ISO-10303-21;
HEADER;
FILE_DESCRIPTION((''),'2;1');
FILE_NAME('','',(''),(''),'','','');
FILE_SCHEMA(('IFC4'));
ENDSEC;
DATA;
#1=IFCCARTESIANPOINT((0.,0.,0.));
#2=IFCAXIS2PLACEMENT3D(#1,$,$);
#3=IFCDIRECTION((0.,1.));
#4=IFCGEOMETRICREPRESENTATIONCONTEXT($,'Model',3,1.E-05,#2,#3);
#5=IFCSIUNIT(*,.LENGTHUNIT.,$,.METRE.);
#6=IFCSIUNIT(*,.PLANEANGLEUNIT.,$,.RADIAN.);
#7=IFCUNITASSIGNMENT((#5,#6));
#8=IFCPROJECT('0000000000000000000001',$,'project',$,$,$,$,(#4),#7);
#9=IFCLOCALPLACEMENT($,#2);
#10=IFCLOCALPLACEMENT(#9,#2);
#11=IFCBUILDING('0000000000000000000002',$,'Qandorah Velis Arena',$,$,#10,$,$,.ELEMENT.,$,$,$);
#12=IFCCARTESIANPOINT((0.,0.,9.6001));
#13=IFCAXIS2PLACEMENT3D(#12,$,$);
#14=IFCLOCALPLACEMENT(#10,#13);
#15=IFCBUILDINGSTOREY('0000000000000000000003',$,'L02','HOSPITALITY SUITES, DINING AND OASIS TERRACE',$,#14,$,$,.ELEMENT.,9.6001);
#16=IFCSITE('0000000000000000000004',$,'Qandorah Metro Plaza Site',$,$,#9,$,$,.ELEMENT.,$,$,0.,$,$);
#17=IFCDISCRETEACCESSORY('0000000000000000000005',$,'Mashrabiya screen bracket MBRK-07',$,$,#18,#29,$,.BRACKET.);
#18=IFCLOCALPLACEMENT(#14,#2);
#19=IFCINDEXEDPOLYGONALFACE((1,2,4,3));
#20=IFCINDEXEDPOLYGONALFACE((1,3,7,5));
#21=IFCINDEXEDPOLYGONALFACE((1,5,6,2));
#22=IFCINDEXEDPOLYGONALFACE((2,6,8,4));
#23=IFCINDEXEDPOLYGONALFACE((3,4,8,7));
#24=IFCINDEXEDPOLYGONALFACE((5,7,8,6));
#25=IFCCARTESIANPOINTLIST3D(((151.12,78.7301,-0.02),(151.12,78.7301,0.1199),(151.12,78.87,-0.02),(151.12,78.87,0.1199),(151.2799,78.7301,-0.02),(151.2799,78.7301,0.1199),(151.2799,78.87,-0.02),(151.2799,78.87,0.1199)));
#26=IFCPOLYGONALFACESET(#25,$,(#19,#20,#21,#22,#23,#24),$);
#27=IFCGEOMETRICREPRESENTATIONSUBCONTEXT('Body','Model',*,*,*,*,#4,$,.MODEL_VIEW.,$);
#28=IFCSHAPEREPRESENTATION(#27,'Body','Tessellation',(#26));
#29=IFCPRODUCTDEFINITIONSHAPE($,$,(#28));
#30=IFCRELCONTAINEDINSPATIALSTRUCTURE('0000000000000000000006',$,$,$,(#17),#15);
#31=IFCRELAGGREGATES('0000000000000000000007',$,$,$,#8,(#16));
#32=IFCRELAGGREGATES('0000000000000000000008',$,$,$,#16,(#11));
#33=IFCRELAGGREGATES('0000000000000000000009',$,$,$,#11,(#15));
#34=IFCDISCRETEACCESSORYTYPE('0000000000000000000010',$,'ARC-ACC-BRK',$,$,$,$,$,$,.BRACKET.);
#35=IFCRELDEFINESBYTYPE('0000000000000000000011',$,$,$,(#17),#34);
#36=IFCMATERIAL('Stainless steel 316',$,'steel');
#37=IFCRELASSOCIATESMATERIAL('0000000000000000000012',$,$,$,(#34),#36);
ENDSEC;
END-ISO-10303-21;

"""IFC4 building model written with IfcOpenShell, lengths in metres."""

from ifc_helpers import new_model, si_unit, direction, frame, origin, origin_2d, place, context, subcontext, project, spatial, rectangle, extrude, material, type_object, element, save


model = new_model("IFC4")

# Units and contexts
model_context = context("Model", 3, precision=1e-05, world=origin(), true_north=direction((0.0, 1.0)))
body_context = subcontext(model_context, "Body", "Model", "MODEL_VIEW")
ifc_project = project(units=[si_unit("LENGTHUNIT", "METRE"), si_unit("PLANEANGLEUNIT", "RADIAN")], contexts=[model_context])

# Site, building, storey
site_placement = place(None, origin())
site = spatial("IfcSite", under=ifc_project, at=site_placement, Name="Qandorah Metro Plaza Site", CompositionType="ELEMENT", RefElevation=0.0)
building_placement = place(site_placement, origin())
building = spatial("IfcBuilding", under=site, at=building_placement, Name="Qandorah Velis Arena", CompositionType="ELEMENT")
storey_placement = place(building_placement, frame((0.0, 0.0, 9.6001)))
storey = spatial("IfcBuildingStorey", under=building, at=storey_placement, Name="L02", Description="HOSPITALITY SUITES, DINING AND OASIS TERRACE", CompositionType="ELEMENT", Elevation=9.6001)

# Shared definitions
ifc_material_1 = material(Name="Stainless steel 316", Category="steel")

# Discrete accessory
discrete_accessory_type = type_object("IfcDiscreteAccessoryType", Name="ARC-ACC-BRK", PredefinedType="BRACKET", material=ifc_material_1)
discrete_accessory_placement = place(storey_placement, frame((151.2, 78.8, -0.02), z_axis=(0.0, 0.0, 1.0), x_axis=(1.0, 0.0, 0.0)))
element("IfcDiscreteAccessory", 1, at=discrete_accessory_placement, inside=storey, type_object=discrete_accessory_type, Name="Mashrabiya screen bracket MBRK-07", PredefinedType="BRACKET", context=body_context, shape_type="SweptSolid", body=[
    extrude(rectangle(XDim=0.1599, YDim=0.1399, at=origin_2d()), origin(), (0.0, 0.0, 1.0), 0.1399),
])

save(model, "model.ifc")
